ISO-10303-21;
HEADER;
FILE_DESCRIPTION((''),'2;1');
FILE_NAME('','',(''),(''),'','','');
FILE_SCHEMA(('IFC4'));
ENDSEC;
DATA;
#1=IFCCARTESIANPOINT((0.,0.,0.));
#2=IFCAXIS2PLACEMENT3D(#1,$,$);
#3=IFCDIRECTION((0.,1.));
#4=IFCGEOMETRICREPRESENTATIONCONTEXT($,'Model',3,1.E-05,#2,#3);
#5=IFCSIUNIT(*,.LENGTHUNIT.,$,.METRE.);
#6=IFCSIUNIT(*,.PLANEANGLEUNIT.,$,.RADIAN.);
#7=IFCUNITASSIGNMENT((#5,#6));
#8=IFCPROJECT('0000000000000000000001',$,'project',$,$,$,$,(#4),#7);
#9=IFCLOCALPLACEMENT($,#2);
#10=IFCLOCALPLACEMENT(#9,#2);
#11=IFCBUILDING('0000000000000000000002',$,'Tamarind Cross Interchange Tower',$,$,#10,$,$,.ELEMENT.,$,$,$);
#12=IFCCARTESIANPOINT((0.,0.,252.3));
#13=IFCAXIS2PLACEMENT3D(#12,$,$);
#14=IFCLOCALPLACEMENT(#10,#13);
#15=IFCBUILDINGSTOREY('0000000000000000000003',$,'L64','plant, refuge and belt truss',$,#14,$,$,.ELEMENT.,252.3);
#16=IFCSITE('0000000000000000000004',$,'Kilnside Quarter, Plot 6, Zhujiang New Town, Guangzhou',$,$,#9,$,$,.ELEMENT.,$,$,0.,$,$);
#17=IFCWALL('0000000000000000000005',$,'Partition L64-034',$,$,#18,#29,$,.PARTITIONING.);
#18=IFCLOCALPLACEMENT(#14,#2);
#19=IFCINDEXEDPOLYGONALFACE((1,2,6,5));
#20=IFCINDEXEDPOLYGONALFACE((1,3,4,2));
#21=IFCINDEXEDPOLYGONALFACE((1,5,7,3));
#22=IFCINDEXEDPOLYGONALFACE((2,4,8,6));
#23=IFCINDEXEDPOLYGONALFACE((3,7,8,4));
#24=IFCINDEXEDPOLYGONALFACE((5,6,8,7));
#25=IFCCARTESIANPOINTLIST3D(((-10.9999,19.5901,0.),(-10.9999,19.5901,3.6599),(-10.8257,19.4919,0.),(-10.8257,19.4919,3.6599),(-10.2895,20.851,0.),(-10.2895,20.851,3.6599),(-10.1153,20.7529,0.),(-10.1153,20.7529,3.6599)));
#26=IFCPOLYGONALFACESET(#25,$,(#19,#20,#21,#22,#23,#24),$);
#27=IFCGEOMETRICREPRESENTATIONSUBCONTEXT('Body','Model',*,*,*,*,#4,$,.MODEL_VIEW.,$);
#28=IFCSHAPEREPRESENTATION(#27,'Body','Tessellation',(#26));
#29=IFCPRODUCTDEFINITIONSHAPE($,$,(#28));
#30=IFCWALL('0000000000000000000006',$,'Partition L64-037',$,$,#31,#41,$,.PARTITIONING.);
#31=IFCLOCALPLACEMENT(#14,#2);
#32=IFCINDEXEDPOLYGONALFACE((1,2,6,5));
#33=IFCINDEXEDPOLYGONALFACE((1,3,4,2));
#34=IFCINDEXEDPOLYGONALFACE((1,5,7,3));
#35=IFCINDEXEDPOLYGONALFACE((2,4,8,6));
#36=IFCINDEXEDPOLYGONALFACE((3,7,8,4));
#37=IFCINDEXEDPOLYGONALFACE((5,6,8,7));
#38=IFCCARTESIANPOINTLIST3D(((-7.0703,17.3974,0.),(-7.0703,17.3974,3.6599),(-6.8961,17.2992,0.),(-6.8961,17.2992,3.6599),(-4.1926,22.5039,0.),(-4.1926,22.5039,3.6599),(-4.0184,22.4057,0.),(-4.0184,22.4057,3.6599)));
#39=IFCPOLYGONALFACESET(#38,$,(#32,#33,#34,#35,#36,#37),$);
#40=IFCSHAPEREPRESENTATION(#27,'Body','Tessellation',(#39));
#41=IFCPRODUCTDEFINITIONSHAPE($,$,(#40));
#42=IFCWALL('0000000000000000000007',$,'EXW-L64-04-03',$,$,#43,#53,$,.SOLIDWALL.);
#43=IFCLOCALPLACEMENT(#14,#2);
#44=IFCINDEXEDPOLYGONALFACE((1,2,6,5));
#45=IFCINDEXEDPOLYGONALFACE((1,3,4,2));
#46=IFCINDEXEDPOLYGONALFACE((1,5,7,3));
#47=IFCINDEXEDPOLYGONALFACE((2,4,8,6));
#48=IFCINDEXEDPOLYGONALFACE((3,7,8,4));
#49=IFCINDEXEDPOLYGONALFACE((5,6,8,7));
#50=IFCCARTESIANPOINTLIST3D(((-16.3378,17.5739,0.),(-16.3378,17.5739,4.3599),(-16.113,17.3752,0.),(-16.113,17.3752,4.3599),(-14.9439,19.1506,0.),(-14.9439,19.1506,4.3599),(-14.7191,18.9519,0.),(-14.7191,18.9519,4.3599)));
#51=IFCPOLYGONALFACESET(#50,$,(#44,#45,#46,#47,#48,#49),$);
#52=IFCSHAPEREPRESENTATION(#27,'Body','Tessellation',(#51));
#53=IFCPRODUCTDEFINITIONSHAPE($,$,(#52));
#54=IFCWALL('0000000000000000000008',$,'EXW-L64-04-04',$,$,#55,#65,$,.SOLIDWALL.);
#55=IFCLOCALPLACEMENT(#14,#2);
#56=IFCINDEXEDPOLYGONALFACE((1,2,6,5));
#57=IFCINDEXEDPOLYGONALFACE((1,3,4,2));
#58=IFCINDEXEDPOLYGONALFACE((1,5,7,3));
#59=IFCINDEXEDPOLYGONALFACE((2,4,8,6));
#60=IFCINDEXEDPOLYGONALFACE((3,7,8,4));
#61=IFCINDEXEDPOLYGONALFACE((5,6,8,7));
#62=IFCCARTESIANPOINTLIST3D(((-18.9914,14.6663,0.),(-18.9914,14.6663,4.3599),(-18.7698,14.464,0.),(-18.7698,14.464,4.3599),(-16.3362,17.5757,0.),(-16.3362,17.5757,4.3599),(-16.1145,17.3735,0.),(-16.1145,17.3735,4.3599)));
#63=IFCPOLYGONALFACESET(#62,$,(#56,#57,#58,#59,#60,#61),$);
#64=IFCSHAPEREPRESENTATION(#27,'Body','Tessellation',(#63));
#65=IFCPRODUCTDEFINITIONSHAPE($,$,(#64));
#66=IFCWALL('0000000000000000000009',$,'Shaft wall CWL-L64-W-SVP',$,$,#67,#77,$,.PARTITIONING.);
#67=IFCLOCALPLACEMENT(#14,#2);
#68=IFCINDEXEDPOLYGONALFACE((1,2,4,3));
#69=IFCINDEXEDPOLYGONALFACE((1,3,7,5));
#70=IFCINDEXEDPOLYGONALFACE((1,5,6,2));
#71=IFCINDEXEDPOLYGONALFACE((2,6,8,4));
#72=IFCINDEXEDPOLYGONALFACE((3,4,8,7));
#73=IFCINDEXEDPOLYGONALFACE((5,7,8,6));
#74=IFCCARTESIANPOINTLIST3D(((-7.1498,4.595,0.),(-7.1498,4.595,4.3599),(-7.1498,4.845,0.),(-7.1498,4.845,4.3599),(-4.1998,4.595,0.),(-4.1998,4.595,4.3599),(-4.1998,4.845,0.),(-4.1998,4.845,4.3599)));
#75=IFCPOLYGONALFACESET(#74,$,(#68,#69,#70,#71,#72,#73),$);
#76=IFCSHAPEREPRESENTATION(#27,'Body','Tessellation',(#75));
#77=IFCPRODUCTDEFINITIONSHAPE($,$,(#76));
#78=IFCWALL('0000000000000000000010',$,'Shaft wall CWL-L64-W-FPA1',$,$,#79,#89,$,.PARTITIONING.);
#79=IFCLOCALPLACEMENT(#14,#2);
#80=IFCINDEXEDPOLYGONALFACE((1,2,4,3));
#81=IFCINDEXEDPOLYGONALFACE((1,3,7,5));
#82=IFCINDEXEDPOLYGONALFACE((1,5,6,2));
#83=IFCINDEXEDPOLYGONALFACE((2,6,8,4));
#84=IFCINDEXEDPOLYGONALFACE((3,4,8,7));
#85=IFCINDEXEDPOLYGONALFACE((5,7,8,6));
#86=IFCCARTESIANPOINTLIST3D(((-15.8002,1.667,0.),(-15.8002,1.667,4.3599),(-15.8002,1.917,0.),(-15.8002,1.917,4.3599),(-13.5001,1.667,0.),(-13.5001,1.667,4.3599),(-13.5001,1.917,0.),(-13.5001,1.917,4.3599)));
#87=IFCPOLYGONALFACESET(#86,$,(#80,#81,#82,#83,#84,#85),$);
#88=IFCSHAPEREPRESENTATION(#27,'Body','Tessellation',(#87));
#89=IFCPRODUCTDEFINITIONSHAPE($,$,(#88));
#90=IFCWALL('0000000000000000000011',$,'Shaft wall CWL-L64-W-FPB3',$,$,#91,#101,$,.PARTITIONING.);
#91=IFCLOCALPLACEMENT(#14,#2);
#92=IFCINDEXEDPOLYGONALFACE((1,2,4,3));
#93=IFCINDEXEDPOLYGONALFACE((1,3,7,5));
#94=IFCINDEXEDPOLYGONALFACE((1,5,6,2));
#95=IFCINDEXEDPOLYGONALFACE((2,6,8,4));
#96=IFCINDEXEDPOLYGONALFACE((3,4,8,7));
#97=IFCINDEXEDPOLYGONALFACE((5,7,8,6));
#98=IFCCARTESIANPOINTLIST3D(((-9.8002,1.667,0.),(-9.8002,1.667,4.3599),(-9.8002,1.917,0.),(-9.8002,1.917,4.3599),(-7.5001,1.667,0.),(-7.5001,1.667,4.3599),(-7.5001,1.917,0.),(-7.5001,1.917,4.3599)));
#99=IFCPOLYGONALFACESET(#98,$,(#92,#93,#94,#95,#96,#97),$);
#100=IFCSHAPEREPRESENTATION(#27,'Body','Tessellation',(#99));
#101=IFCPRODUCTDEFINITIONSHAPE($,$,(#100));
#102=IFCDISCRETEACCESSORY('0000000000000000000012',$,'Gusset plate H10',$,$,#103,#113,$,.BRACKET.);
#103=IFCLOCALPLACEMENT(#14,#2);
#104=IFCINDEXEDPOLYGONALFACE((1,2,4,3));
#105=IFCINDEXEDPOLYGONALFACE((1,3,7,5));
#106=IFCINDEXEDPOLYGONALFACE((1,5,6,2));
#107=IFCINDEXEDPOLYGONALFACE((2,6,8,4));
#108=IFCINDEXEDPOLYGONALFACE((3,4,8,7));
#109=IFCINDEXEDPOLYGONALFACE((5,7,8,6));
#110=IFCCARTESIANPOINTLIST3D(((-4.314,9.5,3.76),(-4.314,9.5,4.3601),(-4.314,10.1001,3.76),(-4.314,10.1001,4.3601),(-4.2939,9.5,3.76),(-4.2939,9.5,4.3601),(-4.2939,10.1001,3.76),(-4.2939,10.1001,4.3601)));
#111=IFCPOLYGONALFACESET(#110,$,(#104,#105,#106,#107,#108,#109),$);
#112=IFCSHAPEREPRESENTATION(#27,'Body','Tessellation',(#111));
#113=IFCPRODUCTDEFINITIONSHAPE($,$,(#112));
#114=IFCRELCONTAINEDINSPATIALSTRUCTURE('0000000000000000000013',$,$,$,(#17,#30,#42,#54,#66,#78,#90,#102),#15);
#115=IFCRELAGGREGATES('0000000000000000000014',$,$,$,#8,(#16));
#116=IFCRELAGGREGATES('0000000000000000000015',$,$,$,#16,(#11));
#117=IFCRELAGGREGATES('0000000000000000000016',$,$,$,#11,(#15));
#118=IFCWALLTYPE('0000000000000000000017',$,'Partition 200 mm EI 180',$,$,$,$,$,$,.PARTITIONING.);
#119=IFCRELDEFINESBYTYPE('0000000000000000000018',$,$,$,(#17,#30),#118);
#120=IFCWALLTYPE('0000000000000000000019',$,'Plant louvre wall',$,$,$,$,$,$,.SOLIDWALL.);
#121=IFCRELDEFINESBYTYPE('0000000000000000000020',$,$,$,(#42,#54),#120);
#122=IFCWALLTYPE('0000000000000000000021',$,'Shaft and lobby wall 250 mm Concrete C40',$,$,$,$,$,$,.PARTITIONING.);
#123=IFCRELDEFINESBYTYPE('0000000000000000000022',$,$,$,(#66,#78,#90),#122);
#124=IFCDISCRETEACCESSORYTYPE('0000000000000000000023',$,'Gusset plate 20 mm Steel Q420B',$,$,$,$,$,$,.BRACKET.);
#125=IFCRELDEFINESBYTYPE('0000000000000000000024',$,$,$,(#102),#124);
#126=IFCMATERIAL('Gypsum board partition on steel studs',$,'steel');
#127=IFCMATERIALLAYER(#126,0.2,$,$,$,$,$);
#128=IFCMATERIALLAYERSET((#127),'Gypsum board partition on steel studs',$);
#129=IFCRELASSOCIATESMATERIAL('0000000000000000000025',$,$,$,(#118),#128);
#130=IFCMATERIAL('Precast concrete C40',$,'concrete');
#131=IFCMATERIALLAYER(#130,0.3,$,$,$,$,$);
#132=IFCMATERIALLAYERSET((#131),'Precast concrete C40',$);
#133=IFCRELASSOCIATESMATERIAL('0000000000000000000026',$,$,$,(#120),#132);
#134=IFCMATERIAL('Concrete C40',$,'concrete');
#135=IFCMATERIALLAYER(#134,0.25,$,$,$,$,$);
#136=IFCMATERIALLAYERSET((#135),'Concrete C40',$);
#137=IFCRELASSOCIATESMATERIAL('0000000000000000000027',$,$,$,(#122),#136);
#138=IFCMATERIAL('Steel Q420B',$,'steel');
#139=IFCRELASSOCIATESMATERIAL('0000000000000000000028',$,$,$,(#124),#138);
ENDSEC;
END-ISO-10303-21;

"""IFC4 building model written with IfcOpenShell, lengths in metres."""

from ifc_helpers import new_model, si_unit, direction, frame, frame_2d, origin, origin_2d, place, context, subcontext, project, spatial, rectangle, extrude, material, layer, layer_set, type_object, element, save


model = new_model("IFC4")

# Units and contexts
model_context = context("Model", 3, precision=1e-05, world=origin(), true_north=direction((0.0, 1.0)))
body_context = subcontext(model_context, "Body", "Model", "MODEL_VIEW")
ifc_project = project(units=[si_unit("LENGTHUNIT", "METRE"), si_unit("PLANEANGLEUNIT", "RADIAN")], contexts=[model_context])

# Site, building, storey
site_placement = place(None, origin())
site = spatial("IfcSite", under=ifc_project, at=site_placement, Name="Kilnside Quarter, Plot 6, Zhujiang New Town, Guangzhou", CompositionType="ELEMENT", RefElevation=0.0)
building_placement = place(site_placement, origin())
building = spatial("IfcBuilding", under=site, at=building_placement, Name="Tamarind Cross Interchange Tower", CompositionType="ELEMENT")
storey_placement = place(building_placement, frame((0.0, 0.0, 252.3)))
storey = spatial("IfcBuildingStorey", under=building, at=storey_placement, Name="L64", Description="plant, refuge and belt truss", CompositionType="ELEMENT", Elevation=252.3)

# Shared definitions
ifc_material_1 = material(Name="Steel Q420B", Category="steel")

# Shared definitions
ifc_material_2 = material(Name="Gypsum board partition on steel studs", Category="steel")

# Shared definitions
ifc_layer_1 = layer(ifc_material_2, 0.2)
ifc_layer_set_1 = layer_set([ifc_layer_1], Name="Gypsum board partition on steel studs")
wall_type_1 = type_object("IfcWallType", Name="Partition 200 mm EI 180", PredefinedType="PARTITIONING", material=ifc_layer_set_1)

# Walls
wall_1_placement = place(storey_placement, frame((-10.9128, 19.541, 0.0), z_axis=(0.0, 0.0, 1.0), x_axis=(0.490862, 0.871237, 0.0)))
element("IfcWall", 1, at=wall_1_placement, inside=storey, type_object=wall_type_1, Name="Partition L64-034", PredefinedType="PARTITIONING", context=body_context, shape_type="SweptSolid", body=[
    extrude(rectangle(XDim=1.4473, YDim=0.2, at=frame_2d((0.7236, 0.0))), origin(), (0.0, 0.0, 1.0), 3.6599),
])
wall_2_placement = place(storey_placement, frame((-6.9832, 17.3484, 0.0), z_axis=(0.0, 0.0, 1.0), x_axis=(0.490949, 0.871188, 0.0)))
element("IfcWall", 2, at=wall_2_placement, inside=storey, type_object=wall_type_1, Name="Partition L64-037", PredefinedType="PARTITIONING", context=body_context, shape_type="SweptSolid", body=[
    extrude(rectangle(XDim=5.8616, YDim=0.2, at=frame_2d((2.9307, 0.0))), origin(), (0.0, 0.0, 1.0), 3.6599),
])
ifc_material_3 = material(Name="Precast concrete C40", Category="concrete")
ifc_layer_2 = layer(ifc_material_3, 0.3)
ifc_layer_set_2 = layer_set([ifc_layer_2], Name="Precast concrete C40")
wall_type_2 = type_object("IfcWallType", Name="Plant louvre wall", PredefinedType="SOLIDWALL", material=ifc_layer_set_2)
wall_3_placement = place(storey_placement, frame((-14.8315, 19.0513, 0.0), z_axis=(0.0, 0.0, 1.0), x_axis=(-0.662324, -0.749218, 0.0)))
element("IfcWall", 3, at=wall_3_placement, inside=storey, type_object=wall_type_2, Name="EXW-L64-04-03", PredefinedType="SOLIDWALL", context=body_context, shape_type="SweptSolid", body=[
    extrude(rectangle(XDim=2.1045, YDim=0.3, at=frame_2d((1.0522, 0.0))), origin(), (0.0, 0.0, 1.0), 4.3599),
])
wall_4_placement = place(storey_placement, frame((-16.2253, 17.4746, 0.0), z_axis=(0.0, 0.0, 1.0), x_axis=(-0.674109, -0.738632, 0.0)))
element("IfcWall", 4, at=wall_4_placement, inside=storey, type_object=wall_type_2, Name="EXW-L64-04-04", PredefinedType="SOLIDWALL", context=body_context, shape_type="SweptSolid", body=[
    extrude(rectangle(XDim=3.939, YDim=0.3, at=frame_2d((1.9695, 0.0))), origin(), (0.0, 0.0, 1.0), 4.3599),
])
ifc_material_4 = material(Name="Concrete C40", Category="concrete")
ifc_layer_3 = layer(ifc_material_4, 0.25)
ifc_layer_set_3 = layer_set([ifc_layer_3], Name="Concrete C40")
wall_type_3 = type_object("IfcWallType", Name="Shaft and lobby wall 250 mm Concrete C40", PredefinedType="PARTITIONING", material=ifc_layer_set_3)
wall_5_placement = place(storey_placement, frame((-7.1499, 4.72, 0.0), z_axis=(0.0, 0.0, 1.0), x_axis=(1.0, 0.0, 0.0)))
element("IfcWall", 5, at=wall_5_placement, inside=storey, type_object=wall_type_3, Name="Shaft wall CWL-L64-W-SVP", PredefinedType="PARTITIONING", context=body_context, shape_type="SweptSolid", body=[
    extrude(rectangle(XDim=2.95, YDim=0.25, at=frame_2d((1.4751, 0.0))), origin(), (0.0, 0.0, 1.0), 4.3599),
])
for number, where, z_axis, x_axis, name in (
    (6, (-15.8, 1.792, 0.0), (0.0, 0.0, 1.0), (1.0, 0.0, 0.0), "Shaft wall CWL-L64-W-FPA1"),
    (7, (-9.8, 1.792, 0.0), (0.0, 0.0, 1.0), (1.0, 0.0, 0.0), "Shaft wall CWL-L64-W-FPB3"),
):
    element("IfcWall", number, at=place(storey_placement, frame(where, z_axis=z_axis, x_axis=x_axis)), inside=storey, type_object=wall_type_3, Name=name, PredefinedType="PARTITIONING", context=body_context, shape_type="SweptSolid", body=[
        extrude(rectangle(XDim=2.3, YDim=0.25, at=frame_2d((1.1499, 0.0))), origin(), (0.0, 0.0, 1.0), 4.3599),
    ])

# Discrete accessory
discrete_accessory_type = type_object("IfcDiscreteAccessoryType", Name="Gusset plate 20 mm Steel Q420B", PredefinedType="BRACKET", material=ifc_material_1)
discrete_accessory_placement = place(storey_placement, frame((-4.304, 9.8, 3.76), z_axis=(0.0, 0.0, 1.0), x_axis=(1.0, 0.0, 0.0)))
element("IfcDiscreteAccessory", 8, at=discrete_accessory_placement, inside=storey, type_object=discrete_accessory_type, Name="Gusset plate H10", PredefinedType="BRACKET", context=body_context, shape_type="SweptSolid", body=[
    extrude(rectangle(XDim=0.02, YDim=0.6001, at=origin_2d()), origin(), (0.0, 0.0, 1.0), 0.6001),
])

save(model, "model.ifc")
